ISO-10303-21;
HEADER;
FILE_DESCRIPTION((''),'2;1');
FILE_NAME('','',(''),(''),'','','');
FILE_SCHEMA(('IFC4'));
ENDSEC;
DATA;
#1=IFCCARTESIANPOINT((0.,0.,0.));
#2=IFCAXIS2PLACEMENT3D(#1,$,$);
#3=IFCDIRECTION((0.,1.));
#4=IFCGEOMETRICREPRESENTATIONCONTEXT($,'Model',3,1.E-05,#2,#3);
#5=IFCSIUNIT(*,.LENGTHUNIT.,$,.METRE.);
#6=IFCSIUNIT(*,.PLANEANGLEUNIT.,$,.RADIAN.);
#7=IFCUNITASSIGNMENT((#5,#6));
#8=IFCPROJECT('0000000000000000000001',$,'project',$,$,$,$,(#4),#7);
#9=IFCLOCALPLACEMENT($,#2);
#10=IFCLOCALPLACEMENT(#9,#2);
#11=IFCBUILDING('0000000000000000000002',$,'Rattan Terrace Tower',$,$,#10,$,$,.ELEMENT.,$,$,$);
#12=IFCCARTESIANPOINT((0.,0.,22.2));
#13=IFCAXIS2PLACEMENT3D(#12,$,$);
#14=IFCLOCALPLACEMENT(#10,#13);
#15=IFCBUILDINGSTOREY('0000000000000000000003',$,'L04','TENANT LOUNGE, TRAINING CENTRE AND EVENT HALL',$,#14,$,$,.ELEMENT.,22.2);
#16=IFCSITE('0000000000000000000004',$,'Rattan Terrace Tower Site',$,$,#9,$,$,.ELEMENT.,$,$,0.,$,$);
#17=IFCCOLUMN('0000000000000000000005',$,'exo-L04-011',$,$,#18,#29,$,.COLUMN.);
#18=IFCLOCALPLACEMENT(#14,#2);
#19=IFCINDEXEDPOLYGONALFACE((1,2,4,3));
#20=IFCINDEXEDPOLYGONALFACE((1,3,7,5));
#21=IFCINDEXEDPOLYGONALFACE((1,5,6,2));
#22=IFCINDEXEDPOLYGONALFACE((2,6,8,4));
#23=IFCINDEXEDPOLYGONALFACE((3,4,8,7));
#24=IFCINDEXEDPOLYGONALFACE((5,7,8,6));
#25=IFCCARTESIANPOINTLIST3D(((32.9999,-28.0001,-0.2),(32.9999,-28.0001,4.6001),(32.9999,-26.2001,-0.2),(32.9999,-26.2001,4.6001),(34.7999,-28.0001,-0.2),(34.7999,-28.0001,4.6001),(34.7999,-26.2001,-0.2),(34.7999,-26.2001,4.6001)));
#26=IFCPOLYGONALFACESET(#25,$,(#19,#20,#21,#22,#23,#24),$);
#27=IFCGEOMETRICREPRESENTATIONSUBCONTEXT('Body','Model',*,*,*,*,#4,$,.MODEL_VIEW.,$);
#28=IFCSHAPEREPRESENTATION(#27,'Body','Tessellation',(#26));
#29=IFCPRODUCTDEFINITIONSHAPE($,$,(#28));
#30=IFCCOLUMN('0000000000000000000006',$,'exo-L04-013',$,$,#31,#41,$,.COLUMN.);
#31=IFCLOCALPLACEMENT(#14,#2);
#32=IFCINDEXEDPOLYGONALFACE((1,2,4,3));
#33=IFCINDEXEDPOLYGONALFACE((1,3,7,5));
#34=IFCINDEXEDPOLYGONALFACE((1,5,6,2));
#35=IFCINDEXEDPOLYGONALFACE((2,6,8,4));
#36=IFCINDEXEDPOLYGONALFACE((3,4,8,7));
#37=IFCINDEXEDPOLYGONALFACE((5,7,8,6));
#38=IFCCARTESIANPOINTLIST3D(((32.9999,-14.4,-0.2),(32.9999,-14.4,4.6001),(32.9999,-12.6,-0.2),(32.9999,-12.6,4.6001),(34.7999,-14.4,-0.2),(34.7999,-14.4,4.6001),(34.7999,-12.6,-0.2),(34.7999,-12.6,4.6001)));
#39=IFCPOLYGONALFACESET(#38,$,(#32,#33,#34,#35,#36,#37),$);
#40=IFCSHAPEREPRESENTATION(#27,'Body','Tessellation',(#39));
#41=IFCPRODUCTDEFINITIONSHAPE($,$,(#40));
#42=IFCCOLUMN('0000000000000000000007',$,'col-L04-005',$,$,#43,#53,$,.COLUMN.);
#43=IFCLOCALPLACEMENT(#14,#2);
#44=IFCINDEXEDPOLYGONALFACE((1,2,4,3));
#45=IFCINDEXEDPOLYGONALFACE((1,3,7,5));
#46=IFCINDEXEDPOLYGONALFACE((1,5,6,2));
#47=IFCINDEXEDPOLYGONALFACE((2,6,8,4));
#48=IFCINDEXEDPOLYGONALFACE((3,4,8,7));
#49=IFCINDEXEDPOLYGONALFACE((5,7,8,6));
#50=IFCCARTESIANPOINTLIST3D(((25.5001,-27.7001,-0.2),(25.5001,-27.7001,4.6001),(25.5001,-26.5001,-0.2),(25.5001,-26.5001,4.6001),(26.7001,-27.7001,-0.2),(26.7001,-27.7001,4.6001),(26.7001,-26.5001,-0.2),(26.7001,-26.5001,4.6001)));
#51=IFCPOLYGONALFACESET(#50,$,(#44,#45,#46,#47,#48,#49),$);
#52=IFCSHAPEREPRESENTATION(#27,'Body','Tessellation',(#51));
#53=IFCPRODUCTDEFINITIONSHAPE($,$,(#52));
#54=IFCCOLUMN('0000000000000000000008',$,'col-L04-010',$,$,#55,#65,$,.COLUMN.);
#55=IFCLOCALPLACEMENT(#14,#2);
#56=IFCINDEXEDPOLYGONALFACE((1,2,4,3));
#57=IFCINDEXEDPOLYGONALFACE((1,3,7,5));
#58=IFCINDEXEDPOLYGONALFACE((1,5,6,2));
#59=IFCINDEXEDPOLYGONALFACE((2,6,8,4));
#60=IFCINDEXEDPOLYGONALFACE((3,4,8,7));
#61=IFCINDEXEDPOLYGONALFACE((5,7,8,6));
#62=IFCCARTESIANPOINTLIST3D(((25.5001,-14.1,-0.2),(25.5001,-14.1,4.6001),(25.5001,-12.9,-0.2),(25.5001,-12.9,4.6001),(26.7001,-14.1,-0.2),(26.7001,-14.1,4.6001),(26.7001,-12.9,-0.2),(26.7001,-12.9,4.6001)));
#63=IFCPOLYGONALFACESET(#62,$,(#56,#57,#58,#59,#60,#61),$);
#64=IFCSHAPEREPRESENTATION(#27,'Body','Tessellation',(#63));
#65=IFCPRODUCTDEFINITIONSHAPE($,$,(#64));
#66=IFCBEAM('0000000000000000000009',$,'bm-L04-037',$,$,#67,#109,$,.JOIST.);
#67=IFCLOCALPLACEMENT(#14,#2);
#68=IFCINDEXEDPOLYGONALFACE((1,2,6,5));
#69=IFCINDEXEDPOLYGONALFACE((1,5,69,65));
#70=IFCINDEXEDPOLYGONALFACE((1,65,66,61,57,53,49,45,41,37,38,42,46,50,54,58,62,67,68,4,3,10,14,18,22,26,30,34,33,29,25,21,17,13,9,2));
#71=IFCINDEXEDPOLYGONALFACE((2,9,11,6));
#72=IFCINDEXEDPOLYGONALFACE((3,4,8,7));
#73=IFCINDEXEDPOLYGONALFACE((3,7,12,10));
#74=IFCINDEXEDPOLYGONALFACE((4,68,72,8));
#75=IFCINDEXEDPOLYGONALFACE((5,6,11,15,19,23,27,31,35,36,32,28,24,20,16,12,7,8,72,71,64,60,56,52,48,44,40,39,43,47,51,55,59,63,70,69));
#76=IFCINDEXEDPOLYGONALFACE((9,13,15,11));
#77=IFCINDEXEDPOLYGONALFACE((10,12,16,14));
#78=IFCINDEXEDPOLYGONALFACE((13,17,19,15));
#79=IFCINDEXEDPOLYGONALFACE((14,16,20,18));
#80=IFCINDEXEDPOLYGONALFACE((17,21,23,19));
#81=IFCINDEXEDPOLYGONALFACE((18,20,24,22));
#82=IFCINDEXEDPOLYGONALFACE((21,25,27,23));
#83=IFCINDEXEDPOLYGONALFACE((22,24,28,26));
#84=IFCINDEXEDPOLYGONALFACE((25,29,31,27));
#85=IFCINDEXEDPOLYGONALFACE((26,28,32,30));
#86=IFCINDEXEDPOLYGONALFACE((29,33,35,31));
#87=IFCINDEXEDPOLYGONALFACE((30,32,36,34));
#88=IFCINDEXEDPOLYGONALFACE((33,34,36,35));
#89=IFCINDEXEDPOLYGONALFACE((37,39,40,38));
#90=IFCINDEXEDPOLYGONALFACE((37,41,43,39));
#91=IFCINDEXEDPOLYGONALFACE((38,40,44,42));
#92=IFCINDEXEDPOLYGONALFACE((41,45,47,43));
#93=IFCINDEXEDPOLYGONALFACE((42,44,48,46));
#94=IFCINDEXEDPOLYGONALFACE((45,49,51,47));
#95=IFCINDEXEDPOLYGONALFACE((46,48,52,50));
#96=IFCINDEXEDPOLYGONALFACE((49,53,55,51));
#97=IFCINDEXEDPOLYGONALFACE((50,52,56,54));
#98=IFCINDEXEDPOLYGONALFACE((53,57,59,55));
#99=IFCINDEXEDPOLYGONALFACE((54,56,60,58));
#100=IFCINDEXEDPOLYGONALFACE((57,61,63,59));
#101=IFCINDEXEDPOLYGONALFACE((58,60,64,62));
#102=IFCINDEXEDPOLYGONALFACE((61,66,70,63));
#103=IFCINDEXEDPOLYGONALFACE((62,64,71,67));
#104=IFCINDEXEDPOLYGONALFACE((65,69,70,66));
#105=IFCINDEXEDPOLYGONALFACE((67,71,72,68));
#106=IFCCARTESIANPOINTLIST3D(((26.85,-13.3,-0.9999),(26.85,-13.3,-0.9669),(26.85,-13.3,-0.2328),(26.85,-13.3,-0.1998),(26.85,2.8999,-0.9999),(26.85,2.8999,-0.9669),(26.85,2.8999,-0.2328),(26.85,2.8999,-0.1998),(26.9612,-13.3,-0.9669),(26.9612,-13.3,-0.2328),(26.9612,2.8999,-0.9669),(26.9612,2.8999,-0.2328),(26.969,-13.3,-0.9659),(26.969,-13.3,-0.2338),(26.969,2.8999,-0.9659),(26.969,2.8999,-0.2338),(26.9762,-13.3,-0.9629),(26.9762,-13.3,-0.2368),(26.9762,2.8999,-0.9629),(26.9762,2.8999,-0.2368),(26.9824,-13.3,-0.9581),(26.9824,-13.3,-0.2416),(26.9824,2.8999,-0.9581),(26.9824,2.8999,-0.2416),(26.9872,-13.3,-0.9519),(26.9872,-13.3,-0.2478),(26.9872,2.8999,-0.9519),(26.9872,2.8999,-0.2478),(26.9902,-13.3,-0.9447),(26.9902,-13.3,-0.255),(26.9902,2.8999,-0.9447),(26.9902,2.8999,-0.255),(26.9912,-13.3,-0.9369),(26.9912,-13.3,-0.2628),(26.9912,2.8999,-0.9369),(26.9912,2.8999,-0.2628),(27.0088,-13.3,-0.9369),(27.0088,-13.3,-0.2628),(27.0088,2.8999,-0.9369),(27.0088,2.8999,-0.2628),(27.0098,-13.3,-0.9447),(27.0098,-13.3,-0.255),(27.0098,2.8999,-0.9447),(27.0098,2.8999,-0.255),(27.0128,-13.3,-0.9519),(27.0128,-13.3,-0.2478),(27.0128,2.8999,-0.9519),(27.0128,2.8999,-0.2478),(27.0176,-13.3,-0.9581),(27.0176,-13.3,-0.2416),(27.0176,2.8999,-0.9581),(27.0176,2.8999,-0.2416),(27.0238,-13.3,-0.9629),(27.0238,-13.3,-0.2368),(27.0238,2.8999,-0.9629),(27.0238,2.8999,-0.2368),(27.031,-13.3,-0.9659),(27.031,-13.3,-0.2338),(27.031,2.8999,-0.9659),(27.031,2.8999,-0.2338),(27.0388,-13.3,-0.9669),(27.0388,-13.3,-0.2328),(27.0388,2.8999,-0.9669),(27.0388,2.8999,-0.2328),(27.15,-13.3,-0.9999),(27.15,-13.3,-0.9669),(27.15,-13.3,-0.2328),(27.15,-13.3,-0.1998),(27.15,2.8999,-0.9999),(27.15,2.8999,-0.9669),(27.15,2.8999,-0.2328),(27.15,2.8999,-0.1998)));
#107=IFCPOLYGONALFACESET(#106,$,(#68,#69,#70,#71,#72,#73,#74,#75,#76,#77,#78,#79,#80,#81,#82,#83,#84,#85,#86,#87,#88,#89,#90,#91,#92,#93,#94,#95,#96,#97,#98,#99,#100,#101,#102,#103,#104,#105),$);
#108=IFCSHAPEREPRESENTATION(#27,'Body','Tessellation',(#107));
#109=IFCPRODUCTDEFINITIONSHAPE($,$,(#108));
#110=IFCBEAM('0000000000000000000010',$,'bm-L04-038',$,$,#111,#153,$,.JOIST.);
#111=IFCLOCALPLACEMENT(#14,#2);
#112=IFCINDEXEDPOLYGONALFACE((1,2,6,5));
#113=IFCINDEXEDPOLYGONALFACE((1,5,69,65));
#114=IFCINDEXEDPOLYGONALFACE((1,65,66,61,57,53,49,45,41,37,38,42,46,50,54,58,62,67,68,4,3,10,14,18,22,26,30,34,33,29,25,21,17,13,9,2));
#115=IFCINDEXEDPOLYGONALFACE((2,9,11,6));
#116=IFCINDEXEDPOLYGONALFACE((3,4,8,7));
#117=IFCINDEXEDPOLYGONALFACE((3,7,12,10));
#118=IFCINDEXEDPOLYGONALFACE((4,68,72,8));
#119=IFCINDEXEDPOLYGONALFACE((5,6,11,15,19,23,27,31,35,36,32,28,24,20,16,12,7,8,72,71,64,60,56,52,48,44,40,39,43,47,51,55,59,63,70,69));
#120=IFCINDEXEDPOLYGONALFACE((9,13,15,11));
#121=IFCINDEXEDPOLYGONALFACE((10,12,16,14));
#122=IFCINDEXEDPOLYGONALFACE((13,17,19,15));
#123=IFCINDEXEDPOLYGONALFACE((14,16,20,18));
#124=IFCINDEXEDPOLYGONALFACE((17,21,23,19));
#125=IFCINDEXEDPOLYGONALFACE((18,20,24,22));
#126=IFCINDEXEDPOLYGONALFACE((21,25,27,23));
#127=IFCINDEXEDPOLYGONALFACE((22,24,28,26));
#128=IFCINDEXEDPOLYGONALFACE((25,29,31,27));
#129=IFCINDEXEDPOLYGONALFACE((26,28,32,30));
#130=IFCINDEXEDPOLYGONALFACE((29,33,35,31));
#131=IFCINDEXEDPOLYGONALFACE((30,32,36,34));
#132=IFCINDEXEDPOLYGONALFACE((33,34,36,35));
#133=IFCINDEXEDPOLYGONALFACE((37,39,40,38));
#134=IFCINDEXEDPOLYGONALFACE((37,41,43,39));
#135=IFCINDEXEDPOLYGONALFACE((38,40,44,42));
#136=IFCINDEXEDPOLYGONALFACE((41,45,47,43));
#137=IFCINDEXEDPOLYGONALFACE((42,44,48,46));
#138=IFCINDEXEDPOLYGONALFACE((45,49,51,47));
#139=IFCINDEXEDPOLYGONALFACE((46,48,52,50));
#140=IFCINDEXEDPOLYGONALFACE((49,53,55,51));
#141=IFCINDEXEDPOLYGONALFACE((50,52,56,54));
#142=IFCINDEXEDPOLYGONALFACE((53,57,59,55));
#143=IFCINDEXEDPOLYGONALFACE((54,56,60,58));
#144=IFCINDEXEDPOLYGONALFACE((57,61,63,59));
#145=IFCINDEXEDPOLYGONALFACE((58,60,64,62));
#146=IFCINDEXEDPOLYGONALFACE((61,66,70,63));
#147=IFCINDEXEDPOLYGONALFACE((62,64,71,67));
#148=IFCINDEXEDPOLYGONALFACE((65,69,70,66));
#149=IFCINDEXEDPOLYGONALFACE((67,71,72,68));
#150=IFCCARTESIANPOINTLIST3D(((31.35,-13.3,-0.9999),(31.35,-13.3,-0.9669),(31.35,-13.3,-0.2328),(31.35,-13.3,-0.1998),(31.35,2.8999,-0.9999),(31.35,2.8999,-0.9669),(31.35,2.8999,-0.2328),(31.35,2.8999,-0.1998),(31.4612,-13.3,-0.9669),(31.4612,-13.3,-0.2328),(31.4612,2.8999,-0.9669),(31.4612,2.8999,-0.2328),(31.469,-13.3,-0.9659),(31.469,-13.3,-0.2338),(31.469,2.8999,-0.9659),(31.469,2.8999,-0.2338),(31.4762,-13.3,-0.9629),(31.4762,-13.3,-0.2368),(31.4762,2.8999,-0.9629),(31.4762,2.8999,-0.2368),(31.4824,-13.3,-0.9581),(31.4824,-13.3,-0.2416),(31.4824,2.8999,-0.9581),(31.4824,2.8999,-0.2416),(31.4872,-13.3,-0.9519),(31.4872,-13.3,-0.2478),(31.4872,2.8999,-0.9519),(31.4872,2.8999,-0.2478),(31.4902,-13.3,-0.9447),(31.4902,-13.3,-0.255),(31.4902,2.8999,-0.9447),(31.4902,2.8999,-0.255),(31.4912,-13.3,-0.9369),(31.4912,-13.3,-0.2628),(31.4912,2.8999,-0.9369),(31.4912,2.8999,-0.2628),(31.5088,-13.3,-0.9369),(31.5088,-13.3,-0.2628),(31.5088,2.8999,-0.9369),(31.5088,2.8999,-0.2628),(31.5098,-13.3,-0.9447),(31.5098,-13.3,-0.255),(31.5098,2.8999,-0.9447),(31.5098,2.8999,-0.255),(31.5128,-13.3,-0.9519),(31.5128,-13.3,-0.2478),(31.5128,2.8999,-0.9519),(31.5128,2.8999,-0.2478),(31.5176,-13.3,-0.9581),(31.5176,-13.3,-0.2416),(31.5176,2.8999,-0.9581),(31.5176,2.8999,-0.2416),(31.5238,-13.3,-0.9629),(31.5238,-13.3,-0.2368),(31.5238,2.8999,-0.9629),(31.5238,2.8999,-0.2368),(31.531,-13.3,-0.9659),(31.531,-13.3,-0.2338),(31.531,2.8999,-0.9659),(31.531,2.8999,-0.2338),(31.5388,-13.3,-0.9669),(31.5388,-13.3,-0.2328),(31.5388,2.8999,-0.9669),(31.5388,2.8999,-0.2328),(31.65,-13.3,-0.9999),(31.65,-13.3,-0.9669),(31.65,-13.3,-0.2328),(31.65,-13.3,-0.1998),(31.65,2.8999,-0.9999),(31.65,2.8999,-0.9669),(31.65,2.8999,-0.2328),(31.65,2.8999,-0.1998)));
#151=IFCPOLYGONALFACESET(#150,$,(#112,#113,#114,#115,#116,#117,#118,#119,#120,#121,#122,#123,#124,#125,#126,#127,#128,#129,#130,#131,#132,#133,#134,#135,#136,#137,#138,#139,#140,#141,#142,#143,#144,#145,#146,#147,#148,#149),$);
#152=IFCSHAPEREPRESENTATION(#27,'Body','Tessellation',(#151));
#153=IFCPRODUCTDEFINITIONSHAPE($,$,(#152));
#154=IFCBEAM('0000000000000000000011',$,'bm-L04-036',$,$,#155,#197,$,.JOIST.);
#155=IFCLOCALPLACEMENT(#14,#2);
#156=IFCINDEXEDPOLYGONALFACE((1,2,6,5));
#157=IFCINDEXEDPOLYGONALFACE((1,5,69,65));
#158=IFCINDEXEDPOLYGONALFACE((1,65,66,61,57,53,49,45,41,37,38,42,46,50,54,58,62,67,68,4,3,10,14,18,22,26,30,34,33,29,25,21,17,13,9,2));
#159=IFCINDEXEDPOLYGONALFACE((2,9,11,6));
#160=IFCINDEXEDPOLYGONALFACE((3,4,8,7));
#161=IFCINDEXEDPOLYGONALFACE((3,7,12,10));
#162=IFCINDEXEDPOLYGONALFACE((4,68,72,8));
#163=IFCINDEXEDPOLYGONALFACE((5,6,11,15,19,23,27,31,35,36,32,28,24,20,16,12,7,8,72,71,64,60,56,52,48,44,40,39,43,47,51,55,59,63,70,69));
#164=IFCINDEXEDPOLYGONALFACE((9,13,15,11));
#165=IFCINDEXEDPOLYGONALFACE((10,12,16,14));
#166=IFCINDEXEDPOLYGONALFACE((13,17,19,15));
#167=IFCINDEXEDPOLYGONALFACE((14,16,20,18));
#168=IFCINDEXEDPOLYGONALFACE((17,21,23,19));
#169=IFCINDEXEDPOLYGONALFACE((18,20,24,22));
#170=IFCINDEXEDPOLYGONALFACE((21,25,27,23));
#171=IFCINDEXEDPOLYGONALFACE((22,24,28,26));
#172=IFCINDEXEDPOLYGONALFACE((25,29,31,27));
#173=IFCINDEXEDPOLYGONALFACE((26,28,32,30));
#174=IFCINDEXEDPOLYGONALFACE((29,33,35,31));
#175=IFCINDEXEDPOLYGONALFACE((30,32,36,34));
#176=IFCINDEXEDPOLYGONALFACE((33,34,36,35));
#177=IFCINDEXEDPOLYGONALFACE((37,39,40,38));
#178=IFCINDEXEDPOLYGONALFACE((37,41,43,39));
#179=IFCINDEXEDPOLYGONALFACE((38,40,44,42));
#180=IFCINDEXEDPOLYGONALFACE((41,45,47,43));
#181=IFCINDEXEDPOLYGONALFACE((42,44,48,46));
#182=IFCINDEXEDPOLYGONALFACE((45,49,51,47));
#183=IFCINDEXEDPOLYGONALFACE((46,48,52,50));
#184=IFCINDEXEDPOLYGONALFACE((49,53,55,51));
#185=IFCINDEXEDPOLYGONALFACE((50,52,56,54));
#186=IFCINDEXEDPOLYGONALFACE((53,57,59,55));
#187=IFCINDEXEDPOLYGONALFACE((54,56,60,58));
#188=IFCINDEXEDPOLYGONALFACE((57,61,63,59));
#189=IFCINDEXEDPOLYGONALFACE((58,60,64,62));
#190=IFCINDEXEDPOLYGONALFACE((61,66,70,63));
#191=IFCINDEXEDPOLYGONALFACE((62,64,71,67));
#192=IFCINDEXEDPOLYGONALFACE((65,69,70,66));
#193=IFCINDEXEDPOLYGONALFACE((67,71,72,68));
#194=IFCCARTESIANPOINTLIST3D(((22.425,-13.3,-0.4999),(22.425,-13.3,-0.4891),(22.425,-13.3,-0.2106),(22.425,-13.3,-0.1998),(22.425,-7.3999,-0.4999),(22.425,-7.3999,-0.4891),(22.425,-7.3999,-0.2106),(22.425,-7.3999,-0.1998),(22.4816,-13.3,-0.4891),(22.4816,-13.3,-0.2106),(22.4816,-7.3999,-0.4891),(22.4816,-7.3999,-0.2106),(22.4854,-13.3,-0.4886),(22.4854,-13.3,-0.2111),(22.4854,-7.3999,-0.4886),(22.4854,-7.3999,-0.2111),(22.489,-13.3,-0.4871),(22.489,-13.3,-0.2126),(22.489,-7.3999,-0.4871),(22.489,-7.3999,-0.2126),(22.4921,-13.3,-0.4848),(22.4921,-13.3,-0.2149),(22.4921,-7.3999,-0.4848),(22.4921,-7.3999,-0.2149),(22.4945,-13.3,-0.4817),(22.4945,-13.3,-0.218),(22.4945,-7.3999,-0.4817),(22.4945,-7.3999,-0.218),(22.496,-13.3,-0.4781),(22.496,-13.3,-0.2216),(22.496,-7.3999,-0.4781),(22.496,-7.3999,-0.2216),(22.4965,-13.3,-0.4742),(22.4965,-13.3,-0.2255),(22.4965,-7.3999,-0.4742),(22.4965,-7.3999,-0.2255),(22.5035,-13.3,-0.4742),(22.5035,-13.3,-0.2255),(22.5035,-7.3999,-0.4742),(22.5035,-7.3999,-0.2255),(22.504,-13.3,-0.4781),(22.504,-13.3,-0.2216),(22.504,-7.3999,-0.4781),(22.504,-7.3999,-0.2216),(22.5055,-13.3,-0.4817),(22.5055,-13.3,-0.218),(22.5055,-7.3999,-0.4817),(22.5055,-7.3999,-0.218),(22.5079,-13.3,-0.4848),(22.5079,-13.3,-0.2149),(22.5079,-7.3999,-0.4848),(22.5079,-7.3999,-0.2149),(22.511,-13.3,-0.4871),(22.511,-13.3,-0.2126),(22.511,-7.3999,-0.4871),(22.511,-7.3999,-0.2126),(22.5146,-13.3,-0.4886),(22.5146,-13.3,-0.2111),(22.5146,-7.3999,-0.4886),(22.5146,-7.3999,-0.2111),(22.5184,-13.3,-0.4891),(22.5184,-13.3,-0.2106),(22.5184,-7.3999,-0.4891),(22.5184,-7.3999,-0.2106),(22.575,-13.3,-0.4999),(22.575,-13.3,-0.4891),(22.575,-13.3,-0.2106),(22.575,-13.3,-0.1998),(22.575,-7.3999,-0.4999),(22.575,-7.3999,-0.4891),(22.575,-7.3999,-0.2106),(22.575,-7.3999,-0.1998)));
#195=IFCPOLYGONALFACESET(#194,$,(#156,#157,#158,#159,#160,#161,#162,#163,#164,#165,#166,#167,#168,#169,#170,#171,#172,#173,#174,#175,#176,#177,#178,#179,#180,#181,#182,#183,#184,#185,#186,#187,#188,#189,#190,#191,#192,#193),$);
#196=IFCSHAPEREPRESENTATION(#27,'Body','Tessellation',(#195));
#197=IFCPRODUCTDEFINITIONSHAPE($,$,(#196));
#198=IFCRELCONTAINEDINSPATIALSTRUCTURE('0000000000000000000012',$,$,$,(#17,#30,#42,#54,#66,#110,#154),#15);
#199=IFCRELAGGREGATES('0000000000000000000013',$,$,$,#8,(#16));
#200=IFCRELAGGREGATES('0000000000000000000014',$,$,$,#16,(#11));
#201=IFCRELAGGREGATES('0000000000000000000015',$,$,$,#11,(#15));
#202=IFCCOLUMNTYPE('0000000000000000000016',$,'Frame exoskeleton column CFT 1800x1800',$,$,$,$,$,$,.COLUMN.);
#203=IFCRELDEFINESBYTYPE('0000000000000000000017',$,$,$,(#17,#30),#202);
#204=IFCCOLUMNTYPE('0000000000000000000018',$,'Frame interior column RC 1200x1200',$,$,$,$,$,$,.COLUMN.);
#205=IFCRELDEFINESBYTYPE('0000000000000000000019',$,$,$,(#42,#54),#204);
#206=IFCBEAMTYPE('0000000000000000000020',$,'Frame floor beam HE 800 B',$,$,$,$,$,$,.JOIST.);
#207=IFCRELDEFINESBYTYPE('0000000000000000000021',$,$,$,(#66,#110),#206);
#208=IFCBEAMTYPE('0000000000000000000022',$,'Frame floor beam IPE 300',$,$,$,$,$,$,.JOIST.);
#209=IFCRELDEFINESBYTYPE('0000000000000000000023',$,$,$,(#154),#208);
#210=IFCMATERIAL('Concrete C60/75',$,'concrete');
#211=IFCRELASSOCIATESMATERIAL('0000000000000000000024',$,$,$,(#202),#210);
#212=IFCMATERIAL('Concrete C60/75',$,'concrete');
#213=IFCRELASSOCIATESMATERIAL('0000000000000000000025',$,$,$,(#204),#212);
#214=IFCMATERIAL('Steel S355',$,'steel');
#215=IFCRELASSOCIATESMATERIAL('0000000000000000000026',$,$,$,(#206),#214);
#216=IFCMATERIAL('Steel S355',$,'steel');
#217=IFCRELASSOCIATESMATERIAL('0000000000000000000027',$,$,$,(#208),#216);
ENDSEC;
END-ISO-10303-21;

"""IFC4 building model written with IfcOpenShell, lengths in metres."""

from ifc_helpers import new_model, si_unit, direction, frame, origin, origin_2d, place, context, subcontext, project, spatial, rectangle, i_section, extrude, material, material_profile, profile_set, type_object, element, save


model = new_model("IFC4")

# Units and contexts
model_context = context("Model", 3, precision=1e-05, world=origin(), true_north=direction((0.0, 1.0)))
body_context = subcontext(model_context, "Body", "Model", "MODEL_VIEW")
ifc_project = project(units=[si_unit("LENGTHUNIT", "METRE"), si_unit("PLANEANGLEUNIT", "RADIAN")], contexts=[model_context])

# Site, building, storey
site_placement = place(None, origin())
site = spatial("IfcSite", under=ifc_project, at=site_placement, Name="Rattan Terrace Tower Site", CompositionType="ELEMENT", RefElevation=0.0)
building_placement = place(site_placement, origin())
building = spatial("IfcBuilding", under=site, at=building_placement, Name="Rattan Terrace Tower", CompositionType="ELEMENT")
storey_placement = place(building_placement, frame((0.0, 0.0, 22.2)))
storey = spatial("IfcBuildingStorey", under=building, at=storey_placement, Name="L04", Description="TENANT LOUNGE, TRAINING CENTRE AND EVENT HALL", CompositionType="ELEMENT", Elevation=22.2)

# Columns
ifc_material_1 = material(Name="Concrete C60/75", Category="concrete")
ifc_material_profile_1 = material_profile(ifc_material_1, rectangle(XDim=1.8, YDim=1.8, at=origin_2d()), Name="CFT 1800x1800")
ifc_profile_set_1 = profile_set([ifc_material_profile_1], Name="Concrete C60/75")
column_type_1 = type_object("IfcColumnType", Name="Frame exoskeleton column CFT 1800x1800", PredefinedType="COLUMN", material=ifc_profile_set_1)
for number, where, z_axis, x_axis, name in (
    (1, (33.8999, -27.1001, -0.2), (0.0, 0.0, 1.0), (0.0, 1.0, 0.0), "exo-L04-011"),
    (2, (33.8999, -13.5, -0.2), (0.0, 0.0, 1.0), (0.0, 1.0, 0.0), "exo-L04-013"),
):
    element("IfcColumn", number, at=place(storey_placement, frame(where, z_axis=z_axis, x_axis=x_axis)), inside=storey, type_object=column_type_1, Name=name, PredefinedType="COLUMN", context=body_context, shape_type="SweptSolid", body=[
        extrude(rectangle(XDim=1.8, YDim=1.8, at=origin_2d()), origin(), (0.0, 0.0, 1.0), 4.8),
    ])
ifc_material_2 = material(Name="Concrete C60/75", Category="concrete")
ifc_material_profile_2 = material_profile(ifc_material_2, rectangle(XDim=1.2, YDim=1.2, at=origin_2d()), Name="RC 1200x1200")
ifc_profile_set_2 = profile_set([ifc_material_profile_2], Name="Concrete C60/75")
column_type_2 = type_object("IfcColumnType", Name="Frame interior column RC 1200x1200", PredefinedType="COLUMN", material=ifc_profile_set_2)
for number, where, z_axis, x_axis, name in (
    (3, (26.1001, -27.1001, -0.2), (0.0, 0.0, 1.0), (1.0, 0.0, 0.0), "col-L04-005"),
    (4, (26.1001, -13.5, -0.2), (0.0, 0.0, 1.0), (1.0, 0.0, 0.0), "col-L04-010"),
):
    element("IfcColumn", number, at=place(storey_placement, frame(where, z_axis=z_axis, x_axis=x_axis)), inside=storey, type_object=column_type_2, Name=name, PredefinedType="COLUMN", context=body_context, shape_type="SweptSolid", body=[
        extrude(rectangle(XDim=1.2, YDim=1.2, at=origin_2d()), origin(), (0.0, 0.0, 1.0), 4.8),
    ])

# Beams
ifc_material_3 = material(Name="Steel S355", Category="steel")
ifc_material_profile_3 = material_profile(ifc_material_3, i_section(OverallWidth=0.3, OverallDepth=0.8, WebThickness=0.0176, FlangeThickness=0.033, FilletRadius=0.03, at=origin_2d()), Name="HE 800 B")
ifc_profile_set_3 = profile_set([ifc_material_profile_3], Name="Steel S355")
beam_type_1 = type_object("IfcBeamType", Name="Frame floor beam HE 800 B", PredefinedType="JOIST", material=ifc_profile_set_3)
for number, where, z_axis, x_axis, name in (
    (5, (27.0, -13.3, -0.5999), (0.0, 1.0, 0.0), (-1.0, 0.0, 0.0), "bm-L04-037"),
    (6, (31.5, -13.3, -0.5999), (0.0, 1.0, 0.0), (-1.0, 0.0, 0.0), "bm-L04-038"),
):
    element("IfcBeam", number, at=place(storey_placement, frame(where, z_axis=z_axis, x_axis=x_axis)), inside=storey, type_object=beam_type_1, Name=name, PredefinedType="JOIST", context=body_context, shape_type="SweptSolid", body=[
        extrude(i_section(OverallWidth=0.3, OverallDepth=0.8, WebThickness=0.0176, FlangeThickness=0.033, FilletRadius=0.03, at=origin_2d()), origin(), (0.0, 0.0, 1.0), 16.2),
    ])
ifc_material_4 = material(Name="Steel S355", Category="steel")
ifc_material_profile_4 = material_profile(ifc_material_4, i_section(OverallWidth=0.1499, OverallDepth=0.3, WebThickness=0.0071, FlangeThickness=0.0107, FilletRadius=0.0149, at=origin_2d()), Name="IPE 300")
ifc_profile_set_4 = profile_set([ifc_material_profile_4], Name="Steel S355")
beam_type_2 = type_object("IfcBeamType", Name="Frame floor beam IPE 300", PredefinedType="JOIST", material=ifc_profile_set_4)
beam_1_placement = place(storey_placement, frame((22.5, -13.3, -0.3499), z_axis=(0.0, 1.0, 0.0), x_axis=(-1.0, 0.0, 0.0)))
element("IfcBeam", 7, at=beam_1_placement, inside=storey, type_object=beam_type_2, Name="bm-L04-036", PredefinedType="JOIST", context=body_context, shape_type="SweptSolid", body=[
    extrude(i_section(OverallWidth=0.1499, OverallDepth=0.3, WebThickness=0.0071, FlangeThickness=0.0107, FilletRadius=0.0149, at=origin_2d()), origin(), (0.0, 0.0, 1.0), 5.9001),
])

save(model, "model.ifc")
